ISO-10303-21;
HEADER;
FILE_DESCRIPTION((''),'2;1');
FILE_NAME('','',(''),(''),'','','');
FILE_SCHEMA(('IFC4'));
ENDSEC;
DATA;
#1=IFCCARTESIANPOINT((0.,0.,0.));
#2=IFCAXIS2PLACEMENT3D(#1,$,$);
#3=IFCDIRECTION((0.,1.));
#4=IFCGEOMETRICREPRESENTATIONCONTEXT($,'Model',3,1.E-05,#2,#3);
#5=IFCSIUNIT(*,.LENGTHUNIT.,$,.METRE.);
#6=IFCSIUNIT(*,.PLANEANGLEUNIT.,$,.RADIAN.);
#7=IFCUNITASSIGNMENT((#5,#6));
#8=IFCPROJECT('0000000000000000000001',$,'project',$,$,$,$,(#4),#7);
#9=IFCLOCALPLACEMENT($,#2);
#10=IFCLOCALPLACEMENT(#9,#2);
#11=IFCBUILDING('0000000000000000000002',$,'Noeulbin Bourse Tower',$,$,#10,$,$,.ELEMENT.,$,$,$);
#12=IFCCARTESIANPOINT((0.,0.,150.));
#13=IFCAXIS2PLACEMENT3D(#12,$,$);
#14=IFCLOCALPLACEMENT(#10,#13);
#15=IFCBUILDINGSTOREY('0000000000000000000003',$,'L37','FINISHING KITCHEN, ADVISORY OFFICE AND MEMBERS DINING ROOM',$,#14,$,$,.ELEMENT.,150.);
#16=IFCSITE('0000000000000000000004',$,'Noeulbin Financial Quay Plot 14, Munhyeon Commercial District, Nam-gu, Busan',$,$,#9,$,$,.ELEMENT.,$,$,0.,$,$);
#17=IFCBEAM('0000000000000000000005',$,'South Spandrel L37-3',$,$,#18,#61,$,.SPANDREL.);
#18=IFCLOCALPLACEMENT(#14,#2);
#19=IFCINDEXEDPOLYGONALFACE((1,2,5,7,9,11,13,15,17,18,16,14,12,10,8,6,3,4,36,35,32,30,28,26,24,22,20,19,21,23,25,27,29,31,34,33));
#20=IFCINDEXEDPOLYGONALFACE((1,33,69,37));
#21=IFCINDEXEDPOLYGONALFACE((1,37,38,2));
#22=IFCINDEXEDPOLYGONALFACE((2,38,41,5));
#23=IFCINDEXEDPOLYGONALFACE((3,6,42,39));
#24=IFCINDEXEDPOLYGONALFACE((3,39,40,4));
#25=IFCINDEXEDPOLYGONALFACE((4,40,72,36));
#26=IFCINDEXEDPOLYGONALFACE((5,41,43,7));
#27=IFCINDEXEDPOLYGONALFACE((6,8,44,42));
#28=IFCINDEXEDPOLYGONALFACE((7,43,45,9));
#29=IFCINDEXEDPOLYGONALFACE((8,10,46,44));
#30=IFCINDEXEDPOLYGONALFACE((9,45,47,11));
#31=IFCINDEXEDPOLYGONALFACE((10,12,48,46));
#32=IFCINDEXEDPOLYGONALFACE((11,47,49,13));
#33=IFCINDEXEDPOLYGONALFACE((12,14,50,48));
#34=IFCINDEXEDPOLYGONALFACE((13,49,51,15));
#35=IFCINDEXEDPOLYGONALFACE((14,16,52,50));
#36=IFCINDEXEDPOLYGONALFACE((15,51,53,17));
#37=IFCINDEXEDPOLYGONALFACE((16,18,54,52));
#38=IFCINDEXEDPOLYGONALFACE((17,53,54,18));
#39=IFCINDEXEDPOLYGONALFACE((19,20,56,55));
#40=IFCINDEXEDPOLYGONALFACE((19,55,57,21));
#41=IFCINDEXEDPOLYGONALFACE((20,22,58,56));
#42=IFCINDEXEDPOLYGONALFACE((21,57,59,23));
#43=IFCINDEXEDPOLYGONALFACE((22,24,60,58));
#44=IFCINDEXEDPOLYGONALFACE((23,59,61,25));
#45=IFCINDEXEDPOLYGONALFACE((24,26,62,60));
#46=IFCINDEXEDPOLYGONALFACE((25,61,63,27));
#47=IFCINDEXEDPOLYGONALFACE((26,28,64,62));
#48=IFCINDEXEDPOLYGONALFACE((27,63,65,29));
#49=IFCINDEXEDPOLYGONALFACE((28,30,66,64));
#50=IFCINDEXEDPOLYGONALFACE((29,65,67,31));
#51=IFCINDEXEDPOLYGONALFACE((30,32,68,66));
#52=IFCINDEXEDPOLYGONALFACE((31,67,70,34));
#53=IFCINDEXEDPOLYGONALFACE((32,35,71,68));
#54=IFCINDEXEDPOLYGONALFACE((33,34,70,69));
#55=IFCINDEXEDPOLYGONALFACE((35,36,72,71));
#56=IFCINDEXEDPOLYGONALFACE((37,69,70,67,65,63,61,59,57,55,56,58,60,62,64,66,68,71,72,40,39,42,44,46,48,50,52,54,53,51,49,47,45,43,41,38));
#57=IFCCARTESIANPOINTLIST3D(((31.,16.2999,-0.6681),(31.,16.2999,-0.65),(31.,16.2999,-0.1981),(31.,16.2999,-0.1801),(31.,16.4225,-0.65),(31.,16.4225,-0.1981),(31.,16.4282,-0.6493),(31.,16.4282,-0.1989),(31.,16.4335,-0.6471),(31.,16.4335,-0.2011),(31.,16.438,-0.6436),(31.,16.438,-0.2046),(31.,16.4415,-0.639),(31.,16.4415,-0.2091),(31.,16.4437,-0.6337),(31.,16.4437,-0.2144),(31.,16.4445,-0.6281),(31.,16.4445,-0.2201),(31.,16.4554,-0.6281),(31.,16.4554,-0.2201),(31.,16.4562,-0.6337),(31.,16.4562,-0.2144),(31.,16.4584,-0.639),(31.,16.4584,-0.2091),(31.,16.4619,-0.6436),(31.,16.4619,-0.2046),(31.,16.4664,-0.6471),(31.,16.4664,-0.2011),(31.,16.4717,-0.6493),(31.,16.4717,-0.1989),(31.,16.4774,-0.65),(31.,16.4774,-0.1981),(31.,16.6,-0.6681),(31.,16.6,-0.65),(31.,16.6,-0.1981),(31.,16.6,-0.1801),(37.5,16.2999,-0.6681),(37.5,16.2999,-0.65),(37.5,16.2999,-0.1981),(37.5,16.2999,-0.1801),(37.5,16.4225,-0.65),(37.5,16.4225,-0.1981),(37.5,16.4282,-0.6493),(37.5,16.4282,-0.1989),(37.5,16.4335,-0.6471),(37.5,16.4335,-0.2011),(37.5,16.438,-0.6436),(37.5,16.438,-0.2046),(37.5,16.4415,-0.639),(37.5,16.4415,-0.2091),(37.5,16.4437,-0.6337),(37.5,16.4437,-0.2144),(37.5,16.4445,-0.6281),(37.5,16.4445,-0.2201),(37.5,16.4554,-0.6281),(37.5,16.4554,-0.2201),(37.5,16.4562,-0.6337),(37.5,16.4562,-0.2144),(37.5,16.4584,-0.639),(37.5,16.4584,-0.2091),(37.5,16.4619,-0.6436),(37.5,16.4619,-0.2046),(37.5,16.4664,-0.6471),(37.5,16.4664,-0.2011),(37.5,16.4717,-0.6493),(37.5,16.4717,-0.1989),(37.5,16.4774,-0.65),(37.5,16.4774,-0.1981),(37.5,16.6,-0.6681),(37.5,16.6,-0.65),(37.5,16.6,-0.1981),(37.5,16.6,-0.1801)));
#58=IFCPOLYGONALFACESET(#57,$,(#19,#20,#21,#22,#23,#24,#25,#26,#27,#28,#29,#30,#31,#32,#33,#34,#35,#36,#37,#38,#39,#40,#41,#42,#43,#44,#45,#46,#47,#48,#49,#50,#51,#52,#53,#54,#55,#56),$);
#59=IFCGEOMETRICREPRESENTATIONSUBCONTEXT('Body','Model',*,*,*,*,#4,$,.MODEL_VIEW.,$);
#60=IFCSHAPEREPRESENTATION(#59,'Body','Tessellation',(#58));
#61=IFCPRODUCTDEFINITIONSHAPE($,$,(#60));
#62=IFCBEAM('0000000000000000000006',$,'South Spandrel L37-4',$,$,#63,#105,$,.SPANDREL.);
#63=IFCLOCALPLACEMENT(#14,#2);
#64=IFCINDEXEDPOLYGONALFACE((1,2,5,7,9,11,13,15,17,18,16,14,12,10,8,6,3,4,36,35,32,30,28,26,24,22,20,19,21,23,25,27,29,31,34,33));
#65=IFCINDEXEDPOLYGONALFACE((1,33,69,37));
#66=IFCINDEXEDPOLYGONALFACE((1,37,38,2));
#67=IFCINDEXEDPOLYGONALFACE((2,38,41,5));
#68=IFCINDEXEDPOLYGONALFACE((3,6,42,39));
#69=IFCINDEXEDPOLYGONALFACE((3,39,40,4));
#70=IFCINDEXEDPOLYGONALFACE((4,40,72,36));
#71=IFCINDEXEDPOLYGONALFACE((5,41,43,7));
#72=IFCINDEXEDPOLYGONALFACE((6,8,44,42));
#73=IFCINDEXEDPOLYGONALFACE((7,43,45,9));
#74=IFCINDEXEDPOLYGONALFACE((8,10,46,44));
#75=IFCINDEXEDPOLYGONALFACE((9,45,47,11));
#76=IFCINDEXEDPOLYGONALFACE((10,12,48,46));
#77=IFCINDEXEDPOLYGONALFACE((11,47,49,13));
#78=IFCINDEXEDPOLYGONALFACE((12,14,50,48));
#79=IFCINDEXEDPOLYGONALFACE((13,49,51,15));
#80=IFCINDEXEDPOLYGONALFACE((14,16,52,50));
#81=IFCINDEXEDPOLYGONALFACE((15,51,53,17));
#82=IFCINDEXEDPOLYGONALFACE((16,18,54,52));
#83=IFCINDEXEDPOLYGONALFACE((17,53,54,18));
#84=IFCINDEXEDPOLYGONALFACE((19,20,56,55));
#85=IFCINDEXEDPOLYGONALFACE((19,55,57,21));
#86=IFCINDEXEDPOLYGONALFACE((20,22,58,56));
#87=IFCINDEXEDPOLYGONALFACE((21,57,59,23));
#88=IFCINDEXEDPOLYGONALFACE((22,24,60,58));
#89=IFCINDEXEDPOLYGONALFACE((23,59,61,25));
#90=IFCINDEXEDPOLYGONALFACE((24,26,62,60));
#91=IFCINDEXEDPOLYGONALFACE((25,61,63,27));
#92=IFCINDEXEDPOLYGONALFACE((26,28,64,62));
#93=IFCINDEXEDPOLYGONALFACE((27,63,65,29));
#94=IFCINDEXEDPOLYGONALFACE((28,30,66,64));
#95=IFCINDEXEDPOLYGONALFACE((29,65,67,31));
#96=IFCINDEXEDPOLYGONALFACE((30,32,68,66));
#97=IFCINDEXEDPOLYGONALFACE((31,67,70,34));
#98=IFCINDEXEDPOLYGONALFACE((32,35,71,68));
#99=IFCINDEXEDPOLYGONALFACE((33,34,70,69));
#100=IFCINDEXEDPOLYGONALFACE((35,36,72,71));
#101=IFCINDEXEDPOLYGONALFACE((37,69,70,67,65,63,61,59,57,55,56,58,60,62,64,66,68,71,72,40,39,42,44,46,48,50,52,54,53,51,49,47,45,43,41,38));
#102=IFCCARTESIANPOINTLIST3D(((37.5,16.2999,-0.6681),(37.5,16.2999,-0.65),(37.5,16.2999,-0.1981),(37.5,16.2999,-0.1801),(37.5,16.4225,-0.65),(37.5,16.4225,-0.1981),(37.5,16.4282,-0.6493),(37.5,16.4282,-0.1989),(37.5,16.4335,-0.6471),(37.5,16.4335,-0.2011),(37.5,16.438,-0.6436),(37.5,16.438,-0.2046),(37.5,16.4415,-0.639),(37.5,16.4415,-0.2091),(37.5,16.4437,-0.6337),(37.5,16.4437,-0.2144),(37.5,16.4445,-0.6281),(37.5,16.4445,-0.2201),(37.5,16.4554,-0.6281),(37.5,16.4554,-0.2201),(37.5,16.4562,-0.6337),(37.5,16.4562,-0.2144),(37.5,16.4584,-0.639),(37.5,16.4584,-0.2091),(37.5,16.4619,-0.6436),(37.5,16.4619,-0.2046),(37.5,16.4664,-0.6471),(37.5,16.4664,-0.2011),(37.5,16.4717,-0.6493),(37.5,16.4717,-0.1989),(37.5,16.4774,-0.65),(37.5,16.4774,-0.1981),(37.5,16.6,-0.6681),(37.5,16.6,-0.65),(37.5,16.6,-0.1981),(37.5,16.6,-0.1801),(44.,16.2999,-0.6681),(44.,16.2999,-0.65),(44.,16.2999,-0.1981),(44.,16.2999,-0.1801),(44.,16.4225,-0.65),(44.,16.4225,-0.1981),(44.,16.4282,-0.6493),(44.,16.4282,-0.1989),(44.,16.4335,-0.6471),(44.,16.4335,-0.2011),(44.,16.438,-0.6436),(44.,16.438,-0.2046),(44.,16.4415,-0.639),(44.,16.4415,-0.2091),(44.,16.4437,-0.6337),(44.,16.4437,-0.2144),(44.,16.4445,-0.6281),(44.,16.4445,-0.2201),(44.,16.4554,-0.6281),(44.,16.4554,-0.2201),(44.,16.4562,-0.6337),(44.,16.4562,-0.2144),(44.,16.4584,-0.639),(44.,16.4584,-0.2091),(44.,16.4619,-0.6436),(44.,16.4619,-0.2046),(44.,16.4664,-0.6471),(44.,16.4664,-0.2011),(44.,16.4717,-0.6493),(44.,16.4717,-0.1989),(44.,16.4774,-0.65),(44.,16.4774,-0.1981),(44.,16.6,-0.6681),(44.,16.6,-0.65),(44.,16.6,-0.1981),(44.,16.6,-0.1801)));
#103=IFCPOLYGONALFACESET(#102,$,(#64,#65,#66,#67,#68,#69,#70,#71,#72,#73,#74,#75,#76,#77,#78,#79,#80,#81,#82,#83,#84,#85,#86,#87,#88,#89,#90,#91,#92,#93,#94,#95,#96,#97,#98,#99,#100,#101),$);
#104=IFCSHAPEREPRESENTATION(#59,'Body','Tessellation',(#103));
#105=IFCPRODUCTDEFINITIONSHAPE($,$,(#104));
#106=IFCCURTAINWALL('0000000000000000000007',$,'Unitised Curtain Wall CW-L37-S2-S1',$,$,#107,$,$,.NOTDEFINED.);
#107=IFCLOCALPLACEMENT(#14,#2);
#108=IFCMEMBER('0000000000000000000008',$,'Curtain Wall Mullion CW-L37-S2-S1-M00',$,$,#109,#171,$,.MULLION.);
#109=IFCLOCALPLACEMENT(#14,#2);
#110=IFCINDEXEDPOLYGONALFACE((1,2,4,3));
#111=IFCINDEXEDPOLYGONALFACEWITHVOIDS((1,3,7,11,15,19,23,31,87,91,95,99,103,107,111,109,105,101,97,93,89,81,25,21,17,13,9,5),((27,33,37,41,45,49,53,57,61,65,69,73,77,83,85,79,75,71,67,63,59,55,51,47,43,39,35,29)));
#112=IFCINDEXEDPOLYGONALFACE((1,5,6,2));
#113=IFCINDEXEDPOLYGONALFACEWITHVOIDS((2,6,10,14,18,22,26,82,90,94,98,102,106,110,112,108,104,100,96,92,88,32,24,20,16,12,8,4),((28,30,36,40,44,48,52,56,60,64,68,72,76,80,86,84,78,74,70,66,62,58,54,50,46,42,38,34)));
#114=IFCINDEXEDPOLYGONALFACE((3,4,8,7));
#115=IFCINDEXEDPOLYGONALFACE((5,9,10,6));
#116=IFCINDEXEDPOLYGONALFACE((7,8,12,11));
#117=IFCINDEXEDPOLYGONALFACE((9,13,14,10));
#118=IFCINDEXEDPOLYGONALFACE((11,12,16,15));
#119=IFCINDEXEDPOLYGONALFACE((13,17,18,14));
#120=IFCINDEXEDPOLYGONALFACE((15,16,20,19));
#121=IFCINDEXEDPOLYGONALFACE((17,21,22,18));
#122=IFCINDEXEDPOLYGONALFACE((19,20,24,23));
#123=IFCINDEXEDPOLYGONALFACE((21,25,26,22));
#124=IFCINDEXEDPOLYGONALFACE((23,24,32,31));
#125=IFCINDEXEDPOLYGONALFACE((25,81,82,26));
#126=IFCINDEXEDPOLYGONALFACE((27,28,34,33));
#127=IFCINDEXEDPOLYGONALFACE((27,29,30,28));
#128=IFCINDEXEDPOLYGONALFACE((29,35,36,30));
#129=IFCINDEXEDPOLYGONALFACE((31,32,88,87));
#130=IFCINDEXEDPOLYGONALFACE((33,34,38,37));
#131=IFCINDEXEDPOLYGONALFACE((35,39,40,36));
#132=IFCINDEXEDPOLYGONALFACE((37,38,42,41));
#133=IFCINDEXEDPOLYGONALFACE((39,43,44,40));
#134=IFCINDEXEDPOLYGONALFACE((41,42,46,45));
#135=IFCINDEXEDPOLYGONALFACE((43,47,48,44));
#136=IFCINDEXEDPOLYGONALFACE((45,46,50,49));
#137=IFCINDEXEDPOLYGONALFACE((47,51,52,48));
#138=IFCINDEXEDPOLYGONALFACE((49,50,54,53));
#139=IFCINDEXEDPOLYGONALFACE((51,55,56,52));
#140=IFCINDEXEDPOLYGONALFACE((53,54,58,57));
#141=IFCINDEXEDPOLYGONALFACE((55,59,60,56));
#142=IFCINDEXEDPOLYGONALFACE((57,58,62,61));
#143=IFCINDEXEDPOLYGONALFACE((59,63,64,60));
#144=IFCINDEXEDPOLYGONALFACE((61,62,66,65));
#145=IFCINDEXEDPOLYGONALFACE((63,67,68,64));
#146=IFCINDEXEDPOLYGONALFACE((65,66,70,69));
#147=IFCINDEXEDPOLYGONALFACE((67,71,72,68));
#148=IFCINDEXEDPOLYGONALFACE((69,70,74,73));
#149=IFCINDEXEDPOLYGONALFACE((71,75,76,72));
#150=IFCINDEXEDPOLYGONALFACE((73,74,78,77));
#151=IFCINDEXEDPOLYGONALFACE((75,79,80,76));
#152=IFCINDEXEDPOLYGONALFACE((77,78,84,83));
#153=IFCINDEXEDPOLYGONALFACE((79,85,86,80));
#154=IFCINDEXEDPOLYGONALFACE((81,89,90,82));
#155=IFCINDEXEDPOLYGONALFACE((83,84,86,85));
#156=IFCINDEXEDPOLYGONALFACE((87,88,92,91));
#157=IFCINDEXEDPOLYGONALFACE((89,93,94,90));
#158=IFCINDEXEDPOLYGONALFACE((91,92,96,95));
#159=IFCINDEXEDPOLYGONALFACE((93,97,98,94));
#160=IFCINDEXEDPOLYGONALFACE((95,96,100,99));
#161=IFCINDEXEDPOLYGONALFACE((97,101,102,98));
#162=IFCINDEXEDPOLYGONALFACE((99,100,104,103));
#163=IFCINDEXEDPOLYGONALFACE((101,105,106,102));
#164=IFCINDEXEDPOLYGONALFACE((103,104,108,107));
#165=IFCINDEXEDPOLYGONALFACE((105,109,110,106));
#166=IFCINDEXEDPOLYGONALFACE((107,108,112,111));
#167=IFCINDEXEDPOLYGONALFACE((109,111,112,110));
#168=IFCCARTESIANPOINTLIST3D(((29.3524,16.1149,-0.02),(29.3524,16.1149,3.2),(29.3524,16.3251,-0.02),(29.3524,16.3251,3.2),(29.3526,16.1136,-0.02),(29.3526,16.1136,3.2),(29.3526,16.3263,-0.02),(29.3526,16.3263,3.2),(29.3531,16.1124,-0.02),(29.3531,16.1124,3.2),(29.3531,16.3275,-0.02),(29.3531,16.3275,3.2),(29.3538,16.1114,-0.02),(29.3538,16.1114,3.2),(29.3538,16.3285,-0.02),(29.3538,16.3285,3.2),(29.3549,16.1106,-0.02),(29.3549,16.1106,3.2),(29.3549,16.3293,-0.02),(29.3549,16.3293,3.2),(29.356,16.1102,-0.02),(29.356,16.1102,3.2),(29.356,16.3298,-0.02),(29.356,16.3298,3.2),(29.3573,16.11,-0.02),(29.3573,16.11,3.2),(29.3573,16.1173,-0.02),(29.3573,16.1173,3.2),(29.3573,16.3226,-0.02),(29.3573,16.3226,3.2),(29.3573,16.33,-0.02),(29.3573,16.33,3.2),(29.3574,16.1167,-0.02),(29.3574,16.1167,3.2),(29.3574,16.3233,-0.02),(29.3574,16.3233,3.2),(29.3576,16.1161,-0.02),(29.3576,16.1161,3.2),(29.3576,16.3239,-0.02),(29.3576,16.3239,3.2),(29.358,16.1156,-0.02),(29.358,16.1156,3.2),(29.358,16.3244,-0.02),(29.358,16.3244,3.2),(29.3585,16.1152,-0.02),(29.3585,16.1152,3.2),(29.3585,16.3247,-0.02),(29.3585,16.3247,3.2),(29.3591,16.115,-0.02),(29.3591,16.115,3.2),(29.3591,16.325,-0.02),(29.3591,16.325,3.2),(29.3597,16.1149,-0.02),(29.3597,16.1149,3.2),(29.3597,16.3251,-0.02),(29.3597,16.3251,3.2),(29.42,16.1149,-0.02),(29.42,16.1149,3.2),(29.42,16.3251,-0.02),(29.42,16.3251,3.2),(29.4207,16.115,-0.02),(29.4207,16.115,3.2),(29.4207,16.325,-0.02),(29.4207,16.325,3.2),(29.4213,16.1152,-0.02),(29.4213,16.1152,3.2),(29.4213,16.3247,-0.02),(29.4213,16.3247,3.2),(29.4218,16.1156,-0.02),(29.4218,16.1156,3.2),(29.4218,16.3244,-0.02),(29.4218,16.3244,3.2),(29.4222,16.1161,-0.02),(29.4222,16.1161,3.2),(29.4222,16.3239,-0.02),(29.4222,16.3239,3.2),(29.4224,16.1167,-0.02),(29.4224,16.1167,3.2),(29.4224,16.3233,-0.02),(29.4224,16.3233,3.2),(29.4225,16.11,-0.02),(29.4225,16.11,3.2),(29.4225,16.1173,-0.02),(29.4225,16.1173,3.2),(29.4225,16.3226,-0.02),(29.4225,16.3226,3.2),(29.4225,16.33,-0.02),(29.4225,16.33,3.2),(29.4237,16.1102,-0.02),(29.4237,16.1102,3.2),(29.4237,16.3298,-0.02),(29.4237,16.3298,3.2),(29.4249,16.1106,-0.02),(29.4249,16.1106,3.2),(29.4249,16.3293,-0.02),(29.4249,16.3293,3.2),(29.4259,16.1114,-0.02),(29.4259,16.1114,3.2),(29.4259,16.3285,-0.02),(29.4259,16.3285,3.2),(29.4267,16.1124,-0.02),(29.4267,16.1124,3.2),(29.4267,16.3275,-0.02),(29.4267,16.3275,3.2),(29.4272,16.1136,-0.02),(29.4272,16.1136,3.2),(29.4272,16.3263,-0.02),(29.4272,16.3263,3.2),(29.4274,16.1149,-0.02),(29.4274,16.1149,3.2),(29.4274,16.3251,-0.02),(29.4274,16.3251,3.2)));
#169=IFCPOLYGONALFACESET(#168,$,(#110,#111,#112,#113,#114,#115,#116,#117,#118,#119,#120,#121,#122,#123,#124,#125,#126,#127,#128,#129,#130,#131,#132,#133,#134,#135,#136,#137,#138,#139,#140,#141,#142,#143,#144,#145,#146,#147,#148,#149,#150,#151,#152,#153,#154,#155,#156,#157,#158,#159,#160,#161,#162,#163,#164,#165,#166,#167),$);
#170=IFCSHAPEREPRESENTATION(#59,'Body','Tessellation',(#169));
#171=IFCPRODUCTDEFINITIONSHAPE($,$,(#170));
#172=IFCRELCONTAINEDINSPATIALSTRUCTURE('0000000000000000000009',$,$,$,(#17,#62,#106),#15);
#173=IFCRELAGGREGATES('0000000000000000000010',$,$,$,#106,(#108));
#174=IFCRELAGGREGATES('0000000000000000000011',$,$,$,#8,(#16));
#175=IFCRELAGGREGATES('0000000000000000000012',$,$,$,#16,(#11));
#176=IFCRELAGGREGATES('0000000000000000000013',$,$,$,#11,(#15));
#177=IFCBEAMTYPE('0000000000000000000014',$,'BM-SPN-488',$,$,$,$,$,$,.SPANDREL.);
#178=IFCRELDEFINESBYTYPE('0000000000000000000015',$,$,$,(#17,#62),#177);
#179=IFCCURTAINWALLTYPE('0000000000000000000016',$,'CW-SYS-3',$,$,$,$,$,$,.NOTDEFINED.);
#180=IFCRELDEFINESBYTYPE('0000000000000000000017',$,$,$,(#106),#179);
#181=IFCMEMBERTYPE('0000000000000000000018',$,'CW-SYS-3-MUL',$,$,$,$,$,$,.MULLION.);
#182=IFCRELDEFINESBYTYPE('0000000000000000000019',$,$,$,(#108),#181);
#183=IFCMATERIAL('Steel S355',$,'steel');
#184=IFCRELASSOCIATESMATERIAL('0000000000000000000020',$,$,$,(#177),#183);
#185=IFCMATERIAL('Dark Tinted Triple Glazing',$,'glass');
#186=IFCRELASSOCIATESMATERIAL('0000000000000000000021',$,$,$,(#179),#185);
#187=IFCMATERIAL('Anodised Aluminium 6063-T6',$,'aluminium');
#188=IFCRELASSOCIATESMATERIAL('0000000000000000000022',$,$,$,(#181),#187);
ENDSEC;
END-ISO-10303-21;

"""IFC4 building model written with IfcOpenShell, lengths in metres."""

from ifc_helpers import new_model, si_unit, direction, frame, origin, origin_2d, place, context, subcontext, project, spatial, hollow_rectangle, i_section, extrude, material, material_profile, profile_set, type_object, element, aggregate, save


model = new_model("IFC4")

# Units and contexts
model_context = context("Model", 3, precision=1e-05, world=origin(), true_north=direction((0.0, 1.0)))
body_context = subcontext(model_context, "Body", "Model", "MODEL_VIEW")
ifc_project = project(units=[si_unit("LENGTHUNIT", "METRE"), si_unit("PLANEANGLEUNIT", "RADIAN")], contexts=[model_context])

# Site, building, storey
site_placement = place(None, origin())
site = spatial("IfcSite", under=ifc_project, at=site_placement, Name="Noeulbin Financial Quay Plot 14, Munhyeon Commercial District, Nam-gu, Busan", CompositionType="ELEMENT", RefElevation=0.0)
building_placement = place(site_placement, origin())
building = spatial("IfcBuilding", under=site, at=building_placement, Name="Noeulbin Bourse Tower", CompositionType="ELEMENT")
storey_placement = place(building_placement, frame((0.0, 0.0, 150.0)))
storey = spatial("IfcBuildingStorey", under=building, at=storey_placement, Name="L37", Description="FINISHING KITCHEN, ADVISORY OFFICE AND MEMBERS DINING ROOM", CompositionType="ELEMENT", Elevation=150.0)

# Shared definitions
ifc_material_1 = material(Name="Steel S355", Category="steel")

# Beams
ifc_material_profile_1 = material_profile(ifc_material_1, i_section(OverallWidth=0.3, OverallDepth=0.488, WebThickness=0.011, FlangeThickness=0.0181, FilletRadius=0.022, at=origin_2d()), Name="H-488x300x11x18", Category="LoadBearing")
ifc_profile_set_1 = profile_set([ifc_material_profile_1], Name="Steel S355")
beam_type_1 = type_object("IfcBeamType", Name="BM-SPN-488", PredefinedType="SPANDREL", material=ifc_profile_set_1)
for number, where, z_axis, x_axis, name in (
    (1, (31.0, 16.45, -0.4241), (1.0, 0.0, 0.0), (0.0, 1.0, 0.0), "South Spandrel L37-3"),
    (2, (37.5, 16.45, -0.4241), (1.0, 0.0, 0.0), (0.0, 1.0, 0.0), "South Spandrel L37-4"),
):
    element("IfcBeam", number, at=place(storey_placement, frame(where, z_axis=z_axis, x_axis=x_axis)), inside=storey, type_object=beam_type_1, Name=name, PredefinedType="SPANDREL", context=body_context, shape_type="SweptSolid", body=[
        extrude(i_section(OverallWidth=0.3, OverallDepth=0.488, WebThickness=0.011, FlangeThickness=0.0181, FilletRadius=0.022, at=origin_2d()), origin(), (0.0, 0.0, 1.0), 6.5),
    ])

# Curtain wall, member
ifc_material_2 = material(Name="Dark Tinted Triple Glazing", Category="glass")
curtain_wall_type = type_object("IfcCurtainWallType", Name="CW-SYS-3", PredefinedType="NOTDEFINED", material=ifc_material_2)
curtain_wall_1_placement = place(storey_placement, origin())
curtain_wall_1 = element("IfcCurtainWall", 3, at=curtain_wall_1_placement, inside=storey, type_object=curtain_wall_type, Name="Unitised Curtain Wall CW-L37-S2-S1", PredefinedType="NOTDEFINED")
ifc_material_3 = material(Name="Anodised Aluminium 6063-T6", Category="aluminium")
ifc_material_profile_2 = material_profile(ifc_material_3, hollow_rectangle(XDim=0.075, YDim=0.22, WallThickness=0.0049, InnerFilletRadius=0.0024, OuterFilletRadius=0.0049, at=origin_2d()), Name="ALU-MULL-75x220x5", Category="LoadBearing")
ifc_profile_set_2 = profile_set([ifc_material_profile_2], Name="Anodised Aluminium 6063-T6")
member_type_1 = type_object("IfcMemberType", Name="CW-SYS-3-MUL", PredefinedType="MULLION", material=ifc_profile_set_2)
member_1_placement = place(storey_placement, frame((29.3899, 16.22, -0.02), z_axis=(0.0, 0.0, 1.0), x_axis=(1.0, 0.0, 0.0)))
member_1 = element("IfcMember", 4, at=member_1_placement, type_object=member_type_1, Name="Curtain Wall Mullion CW-L37-S2-S1-M00", PredefinedType="MULLION", context=body_context, shape_type="SweptSolid", body=[
    extrude(hollow_rectangle(XDim=0.075, YDim=0.22, WallThickness=0.0049, InnerFilletRadius=0.0024, OuterFilletRadius=0.0049, at=origin_2d()), origin(), (0.0, 0.0, 1.0), 3.22),
])

aggregate(curtain_wall_1, [member_1])

save(model, "model.ifc")
